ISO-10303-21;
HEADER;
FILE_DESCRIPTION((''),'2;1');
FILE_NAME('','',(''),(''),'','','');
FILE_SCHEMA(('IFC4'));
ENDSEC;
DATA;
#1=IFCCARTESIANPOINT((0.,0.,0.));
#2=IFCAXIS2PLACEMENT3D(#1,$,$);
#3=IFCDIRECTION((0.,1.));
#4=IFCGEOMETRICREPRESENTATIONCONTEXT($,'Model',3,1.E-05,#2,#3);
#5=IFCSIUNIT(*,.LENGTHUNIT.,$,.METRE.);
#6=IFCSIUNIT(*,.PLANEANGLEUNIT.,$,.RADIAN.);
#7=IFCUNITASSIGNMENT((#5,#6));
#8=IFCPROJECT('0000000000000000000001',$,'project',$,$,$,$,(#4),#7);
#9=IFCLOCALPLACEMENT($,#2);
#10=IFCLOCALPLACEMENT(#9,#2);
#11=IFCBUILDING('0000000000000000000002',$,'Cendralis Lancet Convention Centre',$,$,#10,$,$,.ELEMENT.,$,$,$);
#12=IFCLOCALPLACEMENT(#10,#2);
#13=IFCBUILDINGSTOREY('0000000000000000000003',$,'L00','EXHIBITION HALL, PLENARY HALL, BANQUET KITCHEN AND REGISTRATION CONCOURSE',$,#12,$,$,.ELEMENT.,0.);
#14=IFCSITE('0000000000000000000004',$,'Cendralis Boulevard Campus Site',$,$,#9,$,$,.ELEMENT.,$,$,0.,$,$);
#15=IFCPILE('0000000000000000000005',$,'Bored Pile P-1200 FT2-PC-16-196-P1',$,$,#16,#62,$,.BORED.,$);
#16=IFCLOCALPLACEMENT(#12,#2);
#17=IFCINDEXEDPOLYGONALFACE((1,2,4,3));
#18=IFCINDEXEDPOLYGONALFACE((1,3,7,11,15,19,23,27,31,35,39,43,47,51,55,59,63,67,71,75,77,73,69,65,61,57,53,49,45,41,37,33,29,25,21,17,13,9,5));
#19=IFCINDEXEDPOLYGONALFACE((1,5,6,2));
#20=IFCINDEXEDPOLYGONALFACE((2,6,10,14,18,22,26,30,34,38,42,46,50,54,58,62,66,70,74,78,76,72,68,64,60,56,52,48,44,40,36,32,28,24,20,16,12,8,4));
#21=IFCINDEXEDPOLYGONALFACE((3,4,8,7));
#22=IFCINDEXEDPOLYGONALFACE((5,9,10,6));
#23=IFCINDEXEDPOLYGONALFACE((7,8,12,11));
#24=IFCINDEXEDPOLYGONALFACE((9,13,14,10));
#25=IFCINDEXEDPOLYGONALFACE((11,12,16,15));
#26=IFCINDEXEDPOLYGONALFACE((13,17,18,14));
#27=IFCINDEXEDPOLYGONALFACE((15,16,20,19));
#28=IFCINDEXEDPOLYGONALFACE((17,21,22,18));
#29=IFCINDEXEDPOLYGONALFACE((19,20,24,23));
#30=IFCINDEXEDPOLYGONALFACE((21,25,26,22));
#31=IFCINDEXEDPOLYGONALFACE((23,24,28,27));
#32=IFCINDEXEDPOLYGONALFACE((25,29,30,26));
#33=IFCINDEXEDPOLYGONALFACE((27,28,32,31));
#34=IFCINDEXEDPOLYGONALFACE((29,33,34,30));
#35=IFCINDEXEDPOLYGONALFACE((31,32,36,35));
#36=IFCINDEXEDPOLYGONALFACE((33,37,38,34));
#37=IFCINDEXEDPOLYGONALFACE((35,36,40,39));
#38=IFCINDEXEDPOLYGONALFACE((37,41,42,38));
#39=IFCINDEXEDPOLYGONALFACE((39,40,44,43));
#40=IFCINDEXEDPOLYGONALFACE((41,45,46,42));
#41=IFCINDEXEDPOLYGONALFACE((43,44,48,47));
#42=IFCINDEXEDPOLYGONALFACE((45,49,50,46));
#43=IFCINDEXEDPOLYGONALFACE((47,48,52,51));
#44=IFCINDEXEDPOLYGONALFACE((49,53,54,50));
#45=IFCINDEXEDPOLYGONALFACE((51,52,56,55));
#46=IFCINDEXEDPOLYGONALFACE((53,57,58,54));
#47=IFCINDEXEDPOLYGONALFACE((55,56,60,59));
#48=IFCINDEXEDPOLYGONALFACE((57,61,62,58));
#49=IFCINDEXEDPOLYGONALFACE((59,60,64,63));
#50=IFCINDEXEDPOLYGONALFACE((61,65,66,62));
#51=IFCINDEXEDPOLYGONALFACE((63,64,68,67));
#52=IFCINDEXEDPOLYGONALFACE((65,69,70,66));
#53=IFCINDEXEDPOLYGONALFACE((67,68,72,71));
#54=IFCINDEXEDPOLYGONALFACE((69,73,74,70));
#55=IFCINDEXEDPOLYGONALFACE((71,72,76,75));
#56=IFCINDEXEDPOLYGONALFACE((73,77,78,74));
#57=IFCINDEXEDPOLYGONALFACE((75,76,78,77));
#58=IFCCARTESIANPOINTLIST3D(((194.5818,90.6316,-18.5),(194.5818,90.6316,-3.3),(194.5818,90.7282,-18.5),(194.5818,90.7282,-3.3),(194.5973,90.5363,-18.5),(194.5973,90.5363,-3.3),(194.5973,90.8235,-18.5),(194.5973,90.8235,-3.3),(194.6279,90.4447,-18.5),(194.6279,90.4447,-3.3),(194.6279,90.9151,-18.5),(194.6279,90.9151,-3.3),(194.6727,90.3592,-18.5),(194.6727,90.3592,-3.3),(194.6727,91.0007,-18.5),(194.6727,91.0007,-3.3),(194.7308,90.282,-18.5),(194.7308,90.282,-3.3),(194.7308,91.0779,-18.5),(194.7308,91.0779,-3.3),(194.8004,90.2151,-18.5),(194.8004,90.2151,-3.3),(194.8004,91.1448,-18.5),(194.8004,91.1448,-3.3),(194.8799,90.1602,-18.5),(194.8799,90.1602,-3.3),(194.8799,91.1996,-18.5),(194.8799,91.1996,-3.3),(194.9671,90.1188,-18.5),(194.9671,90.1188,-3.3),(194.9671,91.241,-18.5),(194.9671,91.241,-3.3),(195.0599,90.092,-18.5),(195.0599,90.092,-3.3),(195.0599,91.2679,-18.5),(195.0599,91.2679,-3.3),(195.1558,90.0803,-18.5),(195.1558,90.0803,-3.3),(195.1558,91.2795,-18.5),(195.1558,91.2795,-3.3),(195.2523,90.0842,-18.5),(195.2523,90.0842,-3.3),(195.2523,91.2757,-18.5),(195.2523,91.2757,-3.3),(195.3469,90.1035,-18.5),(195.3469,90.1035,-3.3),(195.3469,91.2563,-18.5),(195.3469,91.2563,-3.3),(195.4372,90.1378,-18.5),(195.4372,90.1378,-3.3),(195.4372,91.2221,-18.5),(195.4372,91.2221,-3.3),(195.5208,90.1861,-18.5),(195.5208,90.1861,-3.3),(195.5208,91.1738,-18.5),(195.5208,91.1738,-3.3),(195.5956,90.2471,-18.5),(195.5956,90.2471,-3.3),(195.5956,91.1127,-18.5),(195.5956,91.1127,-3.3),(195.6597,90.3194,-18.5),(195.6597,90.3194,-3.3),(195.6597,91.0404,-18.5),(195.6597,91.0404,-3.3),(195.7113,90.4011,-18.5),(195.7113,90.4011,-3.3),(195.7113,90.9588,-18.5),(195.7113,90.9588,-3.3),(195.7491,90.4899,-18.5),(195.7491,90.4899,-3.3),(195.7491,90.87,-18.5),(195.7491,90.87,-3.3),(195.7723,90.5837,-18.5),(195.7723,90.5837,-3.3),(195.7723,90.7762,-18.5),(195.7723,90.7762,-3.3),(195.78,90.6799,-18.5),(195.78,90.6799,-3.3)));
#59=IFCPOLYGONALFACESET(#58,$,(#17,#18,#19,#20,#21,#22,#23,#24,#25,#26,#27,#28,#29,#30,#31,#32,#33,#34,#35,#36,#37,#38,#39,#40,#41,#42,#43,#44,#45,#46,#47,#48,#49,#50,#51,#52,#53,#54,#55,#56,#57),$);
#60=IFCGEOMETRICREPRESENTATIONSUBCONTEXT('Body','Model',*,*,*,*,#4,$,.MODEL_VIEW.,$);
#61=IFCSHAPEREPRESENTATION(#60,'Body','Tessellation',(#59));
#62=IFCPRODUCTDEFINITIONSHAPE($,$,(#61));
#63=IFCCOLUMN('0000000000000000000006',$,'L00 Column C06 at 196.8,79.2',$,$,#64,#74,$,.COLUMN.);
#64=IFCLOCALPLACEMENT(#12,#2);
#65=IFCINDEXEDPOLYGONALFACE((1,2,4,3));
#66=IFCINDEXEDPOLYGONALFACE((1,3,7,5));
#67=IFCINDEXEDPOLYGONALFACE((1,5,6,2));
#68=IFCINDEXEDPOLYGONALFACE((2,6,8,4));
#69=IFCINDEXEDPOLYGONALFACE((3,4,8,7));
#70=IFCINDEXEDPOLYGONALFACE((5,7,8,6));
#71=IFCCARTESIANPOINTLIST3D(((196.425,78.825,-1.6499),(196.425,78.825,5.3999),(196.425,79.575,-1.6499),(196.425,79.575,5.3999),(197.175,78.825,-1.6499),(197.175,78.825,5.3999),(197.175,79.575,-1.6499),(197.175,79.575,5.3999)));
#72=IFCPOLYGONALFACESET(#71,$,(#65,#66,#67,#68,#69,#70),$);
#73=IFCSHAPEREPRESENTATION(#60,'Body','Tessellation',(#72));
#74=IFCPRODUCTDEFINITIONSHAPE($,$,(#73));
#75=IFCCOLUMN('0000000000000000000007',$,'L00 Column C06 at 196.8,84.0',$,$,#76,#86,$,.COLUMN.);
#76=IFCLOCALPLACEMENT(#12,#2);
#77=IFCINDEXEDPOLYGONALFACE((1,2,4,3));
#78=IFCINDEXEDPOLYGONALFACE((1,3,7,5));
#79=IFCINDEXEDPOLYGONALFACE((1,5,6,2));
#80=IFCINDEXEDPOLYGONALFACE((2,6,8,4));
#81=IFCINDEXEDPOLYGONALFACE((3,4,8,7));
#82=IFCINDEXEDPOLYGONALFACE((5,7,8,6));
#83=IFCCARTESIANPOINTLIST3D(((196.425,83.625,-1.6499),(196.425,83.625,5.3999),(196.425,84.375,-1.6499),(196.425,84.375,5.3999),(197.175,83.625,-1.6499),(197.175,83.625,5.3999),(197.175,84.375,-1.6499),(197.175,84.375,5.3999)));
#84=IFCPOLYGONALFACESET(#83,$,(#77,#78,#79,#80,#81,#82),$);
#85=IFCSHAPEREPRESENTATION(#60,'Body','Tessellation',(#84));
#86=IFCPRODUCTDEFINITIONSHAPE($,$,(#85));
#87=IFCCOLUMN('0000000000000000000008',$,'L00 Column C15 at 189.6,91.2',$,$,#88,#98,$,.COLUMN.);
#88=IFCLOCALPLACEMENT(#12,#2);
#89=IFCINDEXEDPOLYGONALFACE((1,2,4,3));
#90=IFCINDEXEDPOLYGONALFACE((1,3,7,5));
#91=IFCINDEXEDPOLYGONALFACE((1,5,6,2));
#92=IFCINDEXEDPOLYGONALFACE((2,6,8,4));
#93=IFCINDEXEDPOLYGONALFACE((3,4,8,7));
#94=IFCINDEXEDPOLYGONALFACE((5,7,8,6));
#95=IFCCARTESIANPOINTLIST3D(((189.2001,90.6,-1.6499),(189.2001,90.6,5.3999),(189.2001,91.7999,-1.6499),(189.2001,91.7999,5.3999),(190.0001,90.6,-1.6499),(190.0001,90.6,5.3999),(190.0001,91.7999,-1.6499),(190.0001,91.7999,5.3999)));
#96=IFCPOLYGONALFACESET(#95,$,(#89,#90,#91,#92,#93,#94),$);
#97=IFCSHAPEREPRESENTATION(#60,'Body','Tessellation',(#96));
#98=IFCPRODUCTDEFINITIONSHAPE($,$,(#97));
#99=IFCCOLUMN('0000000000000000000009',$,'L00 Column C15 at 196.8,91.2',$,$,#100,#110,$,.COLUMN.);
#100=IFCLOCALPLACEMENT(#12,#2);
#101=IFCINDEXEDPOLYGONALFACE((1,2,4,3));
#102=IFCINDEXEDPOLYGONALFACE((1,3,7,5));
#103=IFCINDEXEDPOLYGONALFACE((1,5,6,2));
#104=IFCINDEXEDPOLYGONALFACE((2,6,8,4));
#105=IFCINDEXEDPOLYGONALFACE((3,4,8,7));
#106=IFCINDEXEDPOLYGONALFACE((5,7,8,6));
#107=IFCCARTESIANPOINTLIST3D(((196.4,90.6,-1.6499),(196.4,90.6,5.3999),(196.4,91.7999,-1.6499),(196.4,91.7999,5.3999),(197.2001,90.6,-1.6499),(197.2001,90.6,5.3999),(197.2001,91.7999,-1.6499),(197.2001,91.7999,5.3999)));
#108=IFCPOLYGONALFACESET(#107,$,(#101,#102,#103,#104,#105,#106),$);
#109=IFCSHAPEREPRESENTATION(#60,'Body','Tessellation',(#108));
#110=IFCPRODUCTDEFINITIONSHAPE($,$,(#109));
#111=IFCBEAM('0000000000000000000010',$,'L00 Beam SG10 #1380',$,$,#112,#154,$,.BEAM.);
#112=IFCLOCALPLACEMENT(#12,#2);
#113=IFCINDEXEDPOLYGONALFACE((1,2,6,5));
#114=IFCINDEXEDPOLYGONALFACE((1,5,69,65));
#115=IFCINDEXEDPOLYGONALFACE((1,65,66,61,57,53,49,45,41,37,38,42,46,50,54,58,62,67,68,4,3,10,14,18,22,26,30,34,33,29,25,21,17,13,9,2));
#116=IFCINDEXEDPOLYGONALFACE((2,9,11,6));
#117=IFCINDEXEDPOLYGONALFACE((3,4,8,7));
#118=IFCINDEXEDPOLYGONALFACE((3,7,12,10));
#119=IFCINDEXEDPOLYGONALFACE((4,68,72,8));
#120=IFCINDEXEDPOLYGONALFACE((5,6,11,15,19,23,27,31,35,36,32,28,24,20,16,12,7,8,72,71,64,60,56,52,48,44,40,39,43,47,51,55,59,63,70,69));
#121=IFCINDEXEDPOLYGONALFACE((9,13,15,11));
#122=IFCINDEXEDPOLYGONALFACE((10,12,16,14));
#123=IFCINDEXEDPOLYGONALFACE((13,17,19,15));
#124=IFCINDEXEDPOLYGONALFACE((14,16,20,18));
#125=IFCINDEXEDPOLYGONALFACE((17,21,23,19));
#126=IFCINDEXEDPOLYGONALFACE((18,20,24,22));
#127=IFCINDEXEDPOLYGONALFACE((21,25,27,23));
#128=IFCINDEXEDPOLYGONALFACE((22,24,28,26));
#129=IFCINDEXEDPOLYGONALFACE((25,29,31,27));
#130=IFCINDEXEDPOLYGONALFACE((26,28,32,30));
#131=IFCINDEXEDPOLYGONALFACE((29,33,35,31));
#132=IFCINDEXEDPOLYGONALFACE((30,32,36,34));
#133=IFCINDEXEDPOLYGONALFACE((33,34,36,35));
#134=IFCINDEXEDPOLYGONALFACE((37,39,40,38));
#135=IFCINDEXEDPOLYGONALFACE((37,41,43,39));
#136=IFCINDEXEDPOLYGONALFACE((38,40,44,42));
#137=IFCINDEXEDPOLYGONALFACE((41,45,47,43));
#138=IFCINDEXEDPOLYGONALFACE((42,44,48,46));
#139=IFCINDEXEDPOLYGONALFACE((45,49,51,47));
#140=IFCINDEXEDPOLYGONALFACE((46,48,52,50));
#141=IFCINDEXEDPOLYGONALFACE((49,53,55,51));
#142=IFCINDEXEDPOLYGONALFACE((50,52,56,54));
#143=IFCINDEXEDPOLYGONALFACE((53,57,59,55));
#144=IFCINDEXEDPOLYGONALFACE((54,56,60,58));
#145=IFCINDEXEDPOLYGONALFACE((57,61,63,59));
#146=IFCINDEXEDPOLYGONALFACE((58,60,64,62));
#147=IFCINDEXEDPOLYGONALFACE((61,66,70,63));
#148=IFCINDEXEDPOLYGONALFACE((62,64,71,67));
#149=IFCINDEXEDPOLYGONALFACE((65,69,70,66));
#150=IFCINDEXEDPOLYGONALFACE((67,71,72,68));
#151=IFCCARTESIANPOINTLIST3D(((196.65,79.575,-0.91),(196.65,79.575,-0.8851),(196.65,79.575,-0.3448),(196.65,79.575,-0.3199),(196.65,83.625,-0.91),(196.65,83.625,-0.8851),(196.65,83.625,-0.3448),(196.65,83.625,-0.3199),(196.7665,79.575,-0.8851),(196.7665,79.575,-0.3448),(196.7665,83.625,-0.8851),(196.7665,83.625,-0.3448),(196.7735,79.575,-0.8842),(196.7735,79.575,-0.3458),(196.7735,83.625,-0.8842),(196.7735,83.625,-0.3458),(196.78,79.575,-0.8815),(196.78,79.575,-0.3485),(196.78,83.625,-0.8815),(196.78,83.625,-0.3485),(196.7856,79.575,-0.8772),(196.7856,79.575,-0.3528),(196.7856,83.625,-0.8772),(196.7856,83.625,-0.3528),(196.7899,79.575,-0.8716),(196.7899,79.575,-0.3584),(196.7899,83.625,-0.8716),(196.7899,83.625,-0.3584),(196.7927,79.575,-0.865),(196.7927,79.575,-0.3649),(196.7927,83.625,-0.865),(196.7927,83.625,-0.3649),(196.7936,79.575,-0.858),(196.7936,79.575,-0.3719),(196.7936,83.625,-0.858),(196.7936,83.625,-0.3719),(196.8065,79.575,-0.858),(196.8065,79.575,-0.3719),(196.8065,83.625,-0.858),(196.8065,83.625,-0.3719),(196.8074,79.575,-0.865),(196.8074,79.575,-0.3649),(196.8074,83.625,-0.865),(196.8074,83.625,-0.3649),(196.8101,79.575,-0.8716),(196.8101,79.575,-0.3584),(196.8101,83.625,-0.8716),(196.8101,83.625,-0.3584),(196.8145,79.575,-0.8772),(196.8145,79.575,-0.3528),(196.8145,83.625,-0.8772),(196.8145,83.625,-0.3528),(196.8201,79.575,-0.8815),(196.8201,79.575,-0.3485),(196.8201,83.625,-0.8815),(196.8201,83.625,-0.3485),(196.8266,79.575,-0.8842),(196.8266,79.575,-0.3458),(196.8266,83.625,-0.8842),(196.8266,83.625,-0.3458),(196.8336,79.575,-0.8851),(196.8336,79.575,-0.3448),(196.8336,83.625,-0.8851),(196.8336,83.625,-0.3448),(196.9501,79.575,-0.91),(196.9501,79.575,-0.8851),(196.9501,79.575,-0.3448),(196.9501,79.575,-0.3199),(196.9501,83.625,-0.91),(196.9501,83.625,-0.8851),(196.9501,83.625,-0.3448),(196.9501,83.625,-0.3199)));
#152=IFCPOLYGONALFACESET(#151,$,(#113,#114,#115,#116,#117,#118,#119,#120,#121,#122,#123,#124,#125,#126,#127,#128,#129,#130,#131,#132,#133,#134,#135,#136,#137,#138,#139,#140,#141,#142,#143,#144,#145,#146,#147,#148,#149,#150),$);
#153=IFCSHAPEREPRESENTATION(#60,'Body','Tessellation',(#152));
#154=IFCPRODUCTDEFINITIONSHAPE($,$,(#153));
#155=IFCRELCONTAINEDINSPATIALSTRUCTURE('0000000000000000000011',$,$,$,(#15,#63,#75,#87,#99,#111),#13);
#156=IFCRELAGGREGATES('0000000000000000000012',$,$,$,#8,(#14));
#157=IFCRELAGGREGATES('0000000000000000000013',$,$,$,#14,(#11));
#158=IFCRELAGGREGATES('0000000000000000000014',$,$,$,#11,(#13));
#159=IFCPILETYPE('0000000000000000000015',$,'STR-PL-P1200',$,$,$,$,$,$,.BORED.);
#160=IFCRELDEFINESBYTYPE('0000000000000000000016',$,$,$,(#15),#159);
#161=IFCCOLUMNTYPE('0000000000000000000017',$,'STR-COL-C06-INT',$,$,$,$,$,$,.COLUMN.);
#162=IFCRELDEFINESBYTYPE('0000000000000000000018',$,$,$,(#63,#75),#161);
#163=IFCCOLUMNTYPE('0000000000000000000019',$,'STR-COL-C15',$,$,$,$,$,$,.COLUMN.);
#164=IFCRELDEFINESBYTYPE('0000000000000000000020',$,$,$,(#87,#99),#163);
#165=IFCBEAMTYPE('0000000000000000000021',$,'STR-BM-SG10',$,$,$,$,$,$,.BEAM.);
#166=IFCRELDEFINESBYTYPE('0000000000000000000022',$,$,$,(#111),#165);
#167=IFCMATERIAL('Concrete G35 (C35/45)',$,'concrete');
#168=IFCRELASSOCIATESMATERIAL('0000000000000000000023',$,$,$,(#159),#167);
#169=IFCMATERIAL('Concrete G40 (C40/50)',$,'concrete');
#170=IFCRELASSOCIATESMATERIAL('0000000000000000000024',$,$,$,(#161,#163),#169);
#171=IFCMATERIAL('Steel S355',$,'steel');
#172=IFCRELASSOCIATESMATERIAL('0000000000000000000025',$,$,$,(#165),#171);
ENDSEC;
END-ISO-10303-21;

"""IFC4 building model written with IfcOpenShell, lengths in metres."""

from ifc_helpers import new_model, si_unit, direction, frame, origin, origin_2d, place, context, subcontext, project, spatial, rectangle, circle, i_section, extrude, material, material_profile, profile_set, type_object, element, save


model = new_model("IFC4")

# Units and contexts
model_context = context("Model", 3, precision=1e-05, world=origin(), true_north=direction((0.0, 1.0)))
body_context = subcontext(model_context, "Body", "Model", "MODEL_VIEW")
ifc_project = project(units=[si_unit("LENGTHUNIT", "METRE"), si_unit("PLANEANGLEUNIT", "RADIAN")], contexts=[model_context])

# Site, building, storey
site_placement = place(None, origin())
site = spatial("IfcSite", under=ifc_project, at=site_placement, Name="Cendralis Boulevard Campus Site", CompositionType="ELEMENT", RefElevation=0.0)
building_placement = place(site_placement, origin())
building = spatial("IfcBuilding", under=site, at=building_placement, Name="Cendralis Lancet Convention Centre", CompositionType="ELEMENT")
storey_placement = place(building_placement, origin())
storey = spatial("IfcBuildingStorey", under=building, at=storey_placement, Name="L00", Description="EXHIBITION HALL, PLENARY HALL, BANQUET KITCHEN AND REGISTRATION CONCOURSE", CompositionType="ELEMENT", Elevation=0.0)

# Pile
ifc_material_1 = material(Name="Concrete G35 (C35/45)", Category="concrete")
ifc_material_profile_1 = material_profile(ifc_material_1, circle(Radius=0.6001, at=origin_2d()), Name="BORED PILE D1200")
ifc_profile_set_1 = profile_set([ifc_material_profile_1], Name="Concrete G35 (C35/45)")
pile_type_1 = type_object("IfcPileType", Name="STR-PL-P1200", PredefinedType="BORED", material=ifc_profile_set_1)
pile_placement = place(storey_placement, frame((195.1799, 90.6799, -3.3), z_axis=(0.0, 0.0, -1.0), x_axis=(1.0, 0.0, 0.0)))
element("IfcPile", 1, at=pile_placement, inside=storey, type_object=pile_type_1, Name="Bored Pile P-1200 FT2-PC-16-196-P1", PredefinedType="BORED", context=body_context, shape_type="SweptSolid", body=[
    extrude(circle(Radius=0.6001, at=origin_2d()), origin(), (0.0, 0.0, 1.0), 15.2),
])

# Columns
ifc_material_2 = material(Name="Concrete G40 (C40/50)", Category="concrete")
ifc_material_profile_2 = material_profile(ifc_material_2, rectangle(XDim=0.75, YDim=0.75, at=origin_2d()), Name="RC 750x750")
ifc_profile_set_2 = profile_set([ifc_material_profile_2], Name="Concrete G40 (C40/50)")
column_type_1 = type_object("IfcColumnType", Name="STR-COL-C06-INT", PredefinedType="COLUMN", material=ifc_profile_set_2)
for number, where, z_axis, x_axis, name in (
    (2, (196.8, 79.2, -1.6499), (0.0, 0.0, 1.0), (1.0, 0.0, 0.0), "L00 Column C06 at 196.8,79.2"),
    (3, (196.8, 84.0, -1.6499), (0.0, 0.0, 1.0), (1.0, 0.0, 0.0), "L00 Column C06 at 196.8,84.0"),
):
    element("IfcColumn", number, at=place(storey_placement, frame(where, z_axis=z_axis, x_axis=x_axis)), inside=storey, type_object=column_type_1, Name=name, PredefinedType="COLUMN", context=body_context, shape_type="SweptSolid", body=[
        extrude(rectangle(XDim=0.75, YDim=0.75, at=origin_2d()), origin(), (0.0, 0.0, 1.0), 7.0498),
    ])
ifc_material_profile_3 = material_profile(ifc_material_2, rectangle(XDim=0.8, YDim=1.2, at=origin_2d()), Name="RC 800x1200")
ifc_profile_set_3 = profile_set([ifc_material_profile_3], Name="Concrete G40 (C40/50)")
column_type_2 = type_object("IfcColumnType", Name="STR-COL-C15", PredefinedType="COLUMN", material=ifc_profile_set_3)
for number, where, z_axis, x_axis, name in (
    (4, (189.6001, 91.2, -1.6499), (0.0, 0.0, 1.0), (1.0, 0.0, 0.0), "L00 Column C15 at 189.6,91.2"),
    (5, (196.8, 91.2, -1.6499), (0.0, 0.0, 1.0), (1.0, 0.0, 0.0), "L00 Column C15 at 196.8,91.2"),
):
    element("IfcColumn", number, at=place(storey_placement, frame(where, z_axis=z_axis, x_axis=x_axis)), inside=storey, type_object=column_type_2, Name=name, PredefinedType="COLUMN", context=body_context, shape_type="SweptSolid", body=[
        extrude(rectangle(XDim=0.8, YDim=1.2, at=origin_2d()), origin(), (0.0, 0.0, 1.0), 7.0498),
    ])

# Beam
ifc_material_3 = material(Name="Steel S355", Category="steel")
ifc_material_profile_4 = material_profile(ifc_material_3, i_section(OverallWidth=0.3, OverallDepth=0.5901, WebThickness=0.0129, FlangeThickness=0.0249, FilletRadius=0.0271, at=origin_2d()), Name="HEA 600")
ifc_profile_set_4 = profile_set([ifc_material_profile_4], Name="Steel S355")
beam_type_1 = type_object("IfcBeamType", Name="STR-BM-SG10", PredefinedType="BEAM", material=ifc_profile_set_4)
beam_1_placement = place(storey_placement, frame((196.8, 79.575, -0.615), z_axis=(0.0, 1.0, 0.0), x_axis=(-1.0, 0.0, 0.0)))
element("IfcBeam", 6, at=beam_1_placement, inside=storey, type_object=beam_type_1, Name="L00 Beam SG10 #1380", PredefinedType="BEAM", context=body_context, shape_type="SweptSolid", body=[
    extrude(i_section(OverallWidth=0.3, OverallDepth=0.5901, WebThickness=0.0129, FlangeThickness=0.0249, FilletRadius=0.0271, at=origin_2d()), origin(), (0.0, 0.0, 1.0), 4.05),
])

save(model, "model.ifc")
